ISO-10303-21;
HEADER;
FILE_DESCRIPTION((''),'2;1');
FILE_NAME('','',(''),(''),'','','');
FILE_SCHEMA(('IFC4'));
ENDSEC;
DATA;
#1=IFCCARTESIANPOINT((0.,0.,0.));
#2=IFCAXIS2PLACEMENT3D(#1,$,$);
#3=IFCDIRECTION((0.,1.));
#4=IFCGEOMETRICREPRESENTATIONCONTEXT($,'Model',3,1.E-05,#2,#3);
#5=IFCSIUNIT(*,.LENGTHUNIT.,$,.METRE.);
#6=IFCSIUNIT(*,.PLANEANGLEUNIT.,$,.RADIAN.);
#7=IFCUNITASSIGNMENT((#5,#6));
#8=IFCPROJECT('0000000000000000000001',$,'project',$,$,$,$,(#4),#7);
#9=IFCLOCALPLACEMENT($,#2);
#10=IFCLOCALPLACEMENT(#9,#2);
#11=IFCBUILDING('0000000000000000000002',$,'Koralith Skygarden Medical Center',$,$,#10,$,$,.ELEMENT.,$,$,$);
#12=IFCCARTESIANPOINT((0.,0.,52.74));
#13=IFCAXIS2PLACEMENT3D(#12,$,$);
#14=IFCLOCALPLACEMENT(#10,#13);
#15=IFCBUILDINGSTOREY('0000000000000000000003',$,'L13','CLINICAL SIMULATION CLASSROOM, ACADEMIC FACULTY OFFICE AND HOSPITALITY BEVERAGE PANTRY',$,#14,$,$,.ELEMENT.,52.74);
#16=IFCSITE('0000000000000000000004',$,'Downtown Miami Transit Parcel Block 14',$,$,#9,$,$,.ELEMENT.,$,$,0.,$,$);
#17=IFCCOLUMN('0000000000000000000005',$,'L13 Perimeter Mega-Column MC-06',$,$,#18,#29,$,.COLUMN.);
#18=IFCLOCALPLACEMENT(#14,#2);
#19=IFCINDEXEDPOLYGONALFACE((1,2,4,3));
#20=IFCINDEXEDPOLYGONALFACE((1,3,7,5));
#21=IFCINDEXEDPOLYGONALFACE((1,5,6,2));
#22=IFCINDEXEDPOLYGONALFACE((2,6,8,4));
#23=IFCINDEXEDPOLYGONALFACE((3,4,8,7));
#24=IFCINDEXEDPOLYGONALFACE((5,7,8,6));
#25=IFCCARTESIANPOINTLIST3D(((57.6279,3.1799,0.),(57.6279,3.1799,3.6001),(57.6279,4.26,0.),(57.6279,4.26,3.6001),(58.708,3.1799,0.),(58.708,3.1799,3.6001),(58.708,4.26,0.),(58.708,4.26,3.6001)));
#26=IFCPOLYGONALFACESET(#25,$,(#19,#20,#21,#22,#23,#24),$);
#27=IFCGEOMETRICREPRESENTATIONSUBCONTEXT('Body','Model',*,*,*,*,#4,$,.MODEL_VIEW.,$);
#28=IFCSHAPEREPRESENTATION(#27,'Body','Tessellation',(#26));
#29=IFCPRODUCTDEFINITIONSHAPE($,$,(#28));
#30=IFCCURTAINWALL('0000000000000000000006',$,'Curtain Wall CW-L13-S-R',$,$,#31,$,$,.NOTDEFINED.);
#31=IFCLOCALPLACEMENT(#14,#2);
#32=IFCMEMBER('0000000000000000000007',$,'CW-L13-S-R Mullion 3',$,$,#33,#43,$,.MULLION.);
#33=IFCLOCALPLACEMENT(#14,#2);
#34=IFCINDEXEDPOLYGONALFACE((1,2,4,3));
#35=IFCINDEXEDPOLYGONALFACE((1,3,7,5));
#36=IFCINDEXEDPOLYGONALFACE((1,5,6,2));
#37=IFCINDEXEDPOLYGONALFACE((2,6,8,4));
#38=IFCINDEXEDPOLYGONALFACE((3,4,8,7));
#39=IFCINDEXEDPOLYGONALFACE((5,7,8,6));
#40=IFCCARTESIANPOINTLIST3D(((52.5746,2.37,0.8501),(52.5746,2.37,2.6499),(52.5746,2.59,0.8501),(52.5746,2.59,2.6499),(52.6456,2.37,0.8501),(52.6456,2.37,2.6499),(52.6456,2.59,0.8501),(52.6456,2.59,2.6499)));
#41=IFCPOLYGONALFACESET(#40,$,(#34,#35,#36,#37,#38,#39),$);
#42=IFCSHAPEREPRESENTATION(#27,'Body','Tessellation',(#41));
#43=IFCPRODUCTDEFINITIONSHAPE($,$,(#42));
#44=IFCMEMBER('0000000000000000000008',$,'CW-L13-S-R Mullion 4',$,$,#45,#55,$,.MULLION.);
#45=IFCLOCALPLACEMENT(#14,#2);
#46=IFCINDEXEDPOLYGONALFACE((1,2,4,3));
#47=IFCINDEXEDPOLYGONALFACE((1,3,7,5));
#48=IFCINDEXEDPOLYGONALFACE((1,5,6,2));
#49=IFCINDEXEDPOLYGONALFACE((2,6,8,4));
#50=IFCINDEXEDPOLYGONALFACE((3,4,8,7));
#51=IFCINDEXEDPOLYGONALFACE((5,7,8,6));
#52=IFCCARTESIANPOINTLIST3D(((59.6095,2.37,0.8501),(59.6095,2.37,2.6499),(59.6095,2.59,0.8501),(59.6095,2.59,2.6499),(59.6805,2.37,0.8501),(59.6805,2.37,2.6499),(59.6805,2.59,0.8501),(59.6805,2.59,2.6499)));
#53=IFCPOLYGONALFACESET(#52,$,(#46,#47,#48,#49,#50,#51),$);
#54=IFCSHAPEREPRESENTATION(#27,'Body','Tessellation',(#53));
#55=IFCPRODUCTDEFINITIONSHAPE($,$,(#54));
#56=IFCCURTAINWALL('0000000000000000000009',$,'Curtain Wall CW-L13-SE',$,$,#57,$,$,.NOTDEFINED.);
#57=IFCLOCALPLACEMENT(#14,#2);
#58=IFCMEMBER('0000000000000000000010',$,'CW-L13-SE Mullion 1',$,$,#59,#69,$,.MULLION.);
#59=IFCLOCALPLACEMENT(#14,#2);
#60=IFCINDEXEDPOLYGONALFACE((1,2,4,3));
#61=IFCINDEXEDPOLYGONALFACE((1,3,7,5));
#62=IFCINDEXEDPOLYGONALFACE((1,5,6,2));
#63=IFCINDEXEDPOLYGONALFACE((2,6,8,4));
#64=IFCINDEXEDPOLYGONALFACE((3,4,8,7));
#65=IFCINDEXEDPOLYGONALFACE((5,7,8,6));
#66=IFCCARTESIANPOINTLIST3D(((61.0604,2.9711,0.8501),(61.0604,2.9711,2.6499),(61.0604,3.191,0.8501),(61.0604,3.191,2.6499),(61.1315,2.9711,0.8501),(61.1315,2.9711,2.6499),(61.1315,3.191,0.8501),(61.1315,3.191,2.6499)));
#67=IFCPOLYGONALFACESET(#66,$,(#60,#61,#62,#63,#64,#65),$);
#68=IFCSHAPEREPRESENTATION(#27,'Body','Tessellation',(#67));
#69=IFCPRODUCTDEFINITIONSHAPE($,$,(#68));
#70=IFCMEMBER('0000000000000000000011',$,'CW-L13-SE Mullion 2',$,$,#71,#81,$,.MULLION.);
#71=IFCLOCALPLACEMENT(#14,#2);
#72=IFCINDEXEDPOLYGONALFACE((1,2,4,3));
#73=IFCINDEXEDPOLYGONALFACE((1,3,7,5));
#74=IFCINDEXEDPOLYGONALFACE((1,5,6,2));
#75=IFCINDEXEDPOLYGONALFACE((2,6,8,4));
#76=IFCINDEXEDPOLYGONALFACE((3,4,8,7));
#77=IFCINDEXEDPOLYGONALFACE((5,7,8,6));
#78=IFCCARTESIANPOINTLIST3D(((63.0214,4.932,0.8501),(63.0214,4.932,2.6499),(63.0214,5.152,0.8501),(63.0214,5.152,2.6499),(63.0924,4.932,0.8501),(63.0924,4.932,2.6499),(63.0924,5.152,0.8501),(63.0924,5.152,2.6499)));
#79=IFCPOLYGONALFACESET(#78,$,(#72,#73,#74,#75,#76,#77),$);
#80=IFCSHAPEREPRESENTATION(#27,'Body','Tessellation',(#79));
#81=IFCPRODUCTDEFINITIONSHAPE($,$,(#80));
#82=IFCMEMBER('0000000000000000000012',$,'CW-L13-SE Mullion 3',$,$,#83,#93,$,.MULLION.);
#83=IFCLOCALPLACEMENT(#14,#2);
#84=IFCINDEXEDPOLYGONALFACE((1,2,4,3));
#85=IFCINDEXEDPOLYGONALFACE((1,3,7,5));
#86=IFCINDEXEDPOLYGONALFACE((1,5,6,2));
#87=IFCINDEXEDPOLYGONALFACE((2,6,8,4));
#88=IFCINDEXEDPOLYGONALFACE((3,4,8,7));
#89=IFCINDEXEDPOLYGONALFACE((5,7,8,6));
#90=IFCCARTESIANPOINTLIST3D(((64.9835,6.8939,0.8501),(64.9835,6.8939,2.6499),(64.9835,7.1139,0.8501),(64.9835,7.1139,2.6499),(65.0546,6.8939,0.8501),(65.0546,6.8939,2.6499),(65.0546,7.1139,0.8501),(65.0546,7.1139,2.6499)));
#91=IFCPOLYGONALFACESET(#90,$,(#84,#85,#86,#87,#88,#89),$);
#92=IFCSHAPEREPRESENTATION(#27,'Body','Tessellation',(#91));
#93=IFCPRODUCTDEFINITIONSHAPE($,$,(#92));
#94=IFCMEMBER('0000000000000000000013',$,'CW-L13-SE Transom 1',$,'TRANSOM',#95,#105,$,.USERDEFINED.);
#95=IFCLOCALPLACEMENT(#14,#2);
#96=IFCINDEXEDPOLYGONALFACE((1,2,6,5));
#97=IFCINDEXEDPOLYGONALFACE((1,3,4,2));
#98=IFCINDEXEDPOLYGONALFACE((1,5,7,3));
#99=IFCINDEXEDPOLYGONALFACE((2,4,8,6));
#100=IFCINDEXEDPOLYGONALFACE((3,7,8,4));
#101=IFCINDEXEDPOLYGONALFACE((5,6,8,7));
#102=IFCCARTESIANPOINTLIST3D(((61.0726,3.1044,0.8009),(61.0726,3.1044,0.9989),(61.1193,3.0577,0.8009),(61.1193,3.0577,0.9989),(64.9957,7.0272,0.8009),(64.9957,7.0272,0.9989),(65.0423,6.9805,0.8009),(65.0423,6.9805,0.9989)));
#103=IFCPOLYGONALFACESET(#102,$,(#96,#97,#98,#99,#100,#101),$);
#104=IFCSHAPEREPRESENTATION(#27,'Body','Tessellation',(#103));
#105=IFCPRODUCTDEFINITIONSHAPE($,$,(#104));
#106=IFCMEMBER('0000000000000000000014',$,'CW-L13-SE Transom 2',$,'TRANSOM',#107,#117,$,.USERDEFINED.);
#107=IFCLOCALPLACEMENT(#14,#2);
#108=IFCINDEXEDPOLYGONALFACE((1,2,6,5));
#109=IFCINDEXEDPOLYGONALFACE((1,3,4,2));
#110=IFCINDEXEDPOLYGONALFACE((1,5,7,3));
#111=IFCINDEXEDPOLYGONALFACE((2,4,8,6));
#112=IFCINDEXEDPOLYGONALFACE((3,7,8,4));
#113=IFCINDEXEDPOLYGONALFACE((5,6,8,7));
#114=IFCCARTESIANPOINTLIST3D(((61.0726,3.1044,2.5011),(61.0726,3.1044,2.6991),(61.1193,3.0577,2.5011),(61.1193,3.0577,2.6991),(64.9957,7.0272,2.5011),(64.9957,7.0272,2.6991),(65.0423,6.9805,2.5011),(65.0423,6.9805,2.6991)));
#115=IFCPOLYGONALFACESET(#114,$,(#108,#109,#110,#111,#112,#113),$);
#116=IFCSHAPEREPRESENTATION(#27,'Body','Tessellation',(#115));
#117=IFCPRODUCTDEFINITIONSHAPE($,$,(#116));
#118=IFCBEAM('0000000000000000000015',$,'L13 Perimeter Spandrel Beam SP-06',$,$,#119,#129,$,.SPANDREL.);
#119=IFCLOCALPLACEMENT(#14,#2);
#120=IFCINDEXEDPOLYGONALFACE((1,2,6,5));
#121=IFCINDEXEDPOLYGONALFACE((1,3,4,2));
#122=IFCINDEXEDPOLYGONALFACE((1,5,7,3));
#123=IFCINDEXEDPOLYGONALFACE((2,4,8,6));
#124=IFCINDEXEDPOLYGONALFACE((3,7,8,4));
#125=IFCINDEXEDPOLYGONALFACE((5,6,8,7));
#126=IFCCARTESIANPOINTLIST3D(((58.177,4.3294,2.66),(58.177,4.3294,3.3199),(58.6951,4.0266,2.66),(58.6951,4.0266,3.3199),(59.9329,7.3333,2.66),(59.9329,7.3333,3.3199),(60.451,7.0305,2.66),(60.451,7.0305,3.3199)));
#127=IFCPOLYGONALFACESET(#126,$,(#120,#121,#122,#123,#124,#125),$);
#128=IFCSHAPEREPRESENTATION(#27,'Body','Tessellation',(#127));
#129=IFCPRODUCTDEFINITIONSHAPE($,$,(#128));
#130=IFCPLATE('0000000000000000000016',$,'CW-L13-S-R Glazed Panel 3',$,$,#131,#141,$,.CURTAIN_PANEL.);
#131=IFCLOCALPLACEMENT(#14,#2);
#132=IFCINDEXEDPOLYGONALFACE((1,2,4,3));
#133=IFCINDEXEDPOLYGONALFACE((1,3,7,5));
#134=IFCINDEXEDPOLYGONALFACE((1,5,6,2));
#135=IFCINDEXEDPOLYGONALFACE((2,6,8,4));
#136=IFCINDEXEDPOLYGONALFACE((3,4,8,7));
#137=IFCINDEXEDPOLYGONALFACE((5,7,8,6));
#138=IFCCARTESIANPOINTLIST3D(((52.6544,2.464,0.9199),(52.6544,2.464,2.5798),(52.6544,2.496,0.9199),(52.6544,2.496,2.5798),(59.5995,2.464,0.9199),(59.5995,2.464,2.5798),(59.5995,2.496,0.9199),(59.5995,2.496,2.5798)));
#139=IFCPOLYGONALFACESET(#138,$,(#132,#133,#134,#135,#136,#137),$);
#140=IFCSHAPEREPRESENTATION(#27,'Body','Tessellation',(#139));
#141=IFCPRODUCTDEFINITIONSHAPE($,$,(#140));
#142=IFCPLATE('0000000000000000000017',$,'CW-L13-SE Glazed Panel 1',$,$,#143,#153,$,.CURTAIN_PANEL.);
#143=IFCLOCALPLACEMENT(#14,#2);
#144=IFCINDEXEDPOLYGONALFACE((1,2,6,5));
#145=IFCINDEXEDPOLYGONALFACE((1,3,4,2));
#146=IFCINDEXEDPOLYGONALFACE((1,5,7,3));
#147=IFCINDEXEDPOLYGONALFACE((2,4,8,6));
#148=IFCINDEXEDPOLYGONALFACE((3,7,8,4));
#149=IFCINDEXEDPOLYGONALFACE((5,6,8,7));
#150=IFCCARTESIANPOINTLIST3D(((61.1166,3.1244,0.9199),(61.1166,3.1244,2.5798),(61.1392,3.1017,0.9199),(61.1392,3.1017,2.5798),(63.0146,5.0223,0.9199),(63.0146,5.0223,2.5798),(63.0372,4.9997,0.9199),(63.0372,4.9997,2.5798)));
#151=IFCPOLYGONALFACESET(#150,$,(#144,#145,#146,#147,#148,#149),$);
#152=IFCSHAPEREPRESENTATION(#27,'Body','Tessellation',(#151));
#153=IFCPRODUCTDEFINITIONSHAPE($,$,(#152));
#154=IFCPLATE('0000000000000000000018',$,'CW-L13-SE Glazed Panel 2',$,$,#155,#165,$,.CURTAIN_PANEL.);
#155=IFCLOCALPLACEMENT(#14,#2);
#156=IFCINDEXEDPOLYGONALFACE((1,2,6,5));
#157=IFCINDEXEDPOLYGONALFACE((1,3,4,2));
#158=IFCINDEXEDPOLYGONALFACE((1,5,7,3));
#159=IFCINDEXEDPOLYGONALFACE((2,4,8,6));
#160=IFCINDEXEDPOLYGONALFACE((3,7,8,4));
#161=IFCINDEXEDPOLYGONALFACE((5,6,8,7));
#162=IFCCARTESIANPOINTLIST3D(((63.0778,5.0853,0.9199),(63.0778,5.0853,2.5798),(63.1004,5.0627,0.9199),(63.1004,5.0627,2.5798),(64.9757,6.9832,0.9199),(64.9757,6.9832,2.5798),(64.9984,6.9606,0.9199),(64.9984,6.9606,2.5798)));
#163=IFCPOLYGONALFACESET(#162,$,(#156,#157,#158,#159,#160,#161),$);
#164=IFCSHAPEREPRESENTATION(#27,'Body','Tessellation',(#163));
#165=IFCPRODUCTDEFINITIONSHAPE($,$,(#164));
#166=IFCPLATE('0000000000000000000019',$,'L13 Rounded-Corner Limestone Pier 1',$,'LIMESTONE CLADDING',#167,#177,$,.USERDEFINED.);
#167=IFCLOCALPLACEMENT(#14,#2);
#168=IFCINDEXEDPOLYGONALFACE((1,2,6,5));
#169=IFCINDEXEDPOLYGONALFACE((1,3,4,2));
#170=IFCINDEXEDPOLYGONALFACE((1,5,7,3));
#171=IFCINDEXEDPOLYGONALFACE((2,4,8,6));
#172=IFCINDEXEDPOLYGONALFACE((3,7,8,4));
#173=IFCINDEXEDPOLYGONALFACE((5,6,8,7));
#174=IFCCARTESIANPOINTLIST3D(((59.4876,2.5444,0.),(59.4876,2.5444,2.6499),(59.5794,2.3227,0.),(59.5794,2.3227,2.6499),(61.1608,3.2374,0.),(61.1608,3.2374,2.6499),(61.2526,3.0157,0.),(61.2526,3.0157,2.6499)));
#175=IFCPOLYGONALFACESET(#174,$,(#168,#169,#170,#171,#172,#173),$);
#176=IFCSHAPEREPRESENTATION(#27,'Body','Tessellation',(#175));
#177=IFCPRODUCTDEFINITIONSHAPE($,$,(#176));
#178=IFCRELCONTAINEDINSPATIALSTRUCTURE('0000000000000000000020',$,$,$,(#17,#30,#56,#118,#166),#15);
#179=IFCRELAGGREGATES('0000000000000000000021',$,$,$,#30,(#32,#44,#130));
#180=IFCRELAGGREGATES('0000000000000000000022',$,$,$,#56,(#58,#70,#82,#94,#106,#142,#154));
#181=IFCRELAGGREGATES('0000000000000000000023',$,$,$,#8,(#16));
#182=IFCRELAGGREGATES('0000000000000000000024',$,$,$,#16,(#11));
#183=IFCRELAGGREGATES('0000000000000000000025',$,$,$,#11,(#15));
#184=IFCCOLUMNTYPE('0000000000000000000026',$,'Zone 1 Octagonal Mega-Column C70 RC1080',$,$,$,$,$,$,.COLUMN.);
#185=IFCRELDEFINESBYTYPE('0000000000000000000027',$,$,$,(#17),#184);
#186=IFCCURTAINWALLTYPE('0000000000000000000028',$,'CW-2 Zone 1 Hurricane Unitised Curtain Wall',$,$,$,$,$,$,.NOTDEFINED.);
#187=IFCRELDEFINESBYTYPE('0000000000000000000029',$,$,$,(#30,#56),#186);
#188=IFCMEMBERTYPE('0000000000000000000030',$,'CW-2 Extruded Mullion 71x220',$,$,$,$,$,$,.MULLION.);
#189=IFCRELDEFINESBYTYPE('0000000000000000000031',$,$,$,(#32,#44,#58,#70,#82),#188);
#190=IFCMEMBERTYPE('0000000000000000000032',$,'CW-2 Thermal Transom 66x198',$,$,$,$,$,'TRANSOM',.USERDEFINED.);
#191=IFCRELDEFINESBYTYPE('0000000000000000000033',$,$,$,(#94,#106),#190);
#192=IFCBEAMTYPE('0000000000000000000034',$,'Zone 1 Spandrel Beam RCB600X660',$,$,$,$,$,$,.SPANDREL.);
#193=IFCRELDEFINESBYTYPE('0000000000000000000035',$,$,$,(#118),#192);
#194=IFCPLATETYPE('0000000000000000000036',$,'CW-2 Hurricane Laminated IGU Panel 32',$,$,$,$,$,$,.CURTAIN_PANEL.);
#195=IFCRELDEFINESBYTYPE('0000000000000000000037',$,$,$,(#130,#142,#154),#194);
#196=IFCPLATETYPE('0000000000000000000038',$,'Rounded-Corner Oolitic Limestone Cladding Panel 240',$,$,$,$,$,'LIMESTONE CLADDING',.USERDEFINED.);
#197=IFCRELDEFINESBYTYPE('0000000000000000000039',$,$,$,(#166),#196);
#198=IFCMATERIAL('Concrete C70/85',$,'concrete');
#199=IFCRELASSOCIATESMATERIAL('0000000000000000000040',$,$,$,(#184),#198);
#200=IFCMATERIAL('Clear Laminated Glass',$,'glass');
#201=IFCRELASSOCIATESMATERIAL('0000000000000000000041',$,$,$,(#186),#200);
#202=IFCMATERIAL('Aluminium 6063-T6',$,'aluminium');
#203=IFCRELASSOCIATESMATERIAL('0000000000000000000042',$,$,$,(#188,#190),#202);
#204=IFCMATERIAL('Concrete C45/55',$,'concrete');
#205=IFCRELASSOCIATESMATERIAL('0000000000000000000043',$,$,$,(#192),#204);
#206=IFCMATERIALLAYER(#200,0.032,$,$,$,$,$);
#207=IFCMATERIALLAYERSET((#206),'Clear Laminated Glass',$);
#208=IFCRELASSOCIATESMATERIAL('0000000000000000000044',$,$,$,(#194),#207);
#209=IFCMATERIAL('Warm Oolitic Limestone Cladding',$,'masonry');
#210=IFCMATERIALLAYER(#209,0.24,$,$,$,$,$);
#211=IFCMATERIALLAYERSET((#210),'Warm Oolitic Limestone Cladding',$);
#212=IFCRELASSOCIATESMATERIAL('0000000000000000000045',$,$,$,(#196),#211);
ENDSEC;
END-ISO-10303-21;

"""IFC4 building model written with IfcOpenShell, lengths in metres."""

from ifc_helpers import new_model, si_unit, direction, frame, origin, origin_2d, place, context, subcontext, project, spatial, rectangle, extrude, material, layer, layer_set, material_profile, profile_set, type_object, element, aggregate, save


model = new_model("IFC4")

# Units and contexts
model_context = context("Model", 3, precision=1e-05, world=origin(), true_north=direction((0.0, 1.0)))
body_context = subcontext(model_context, "Body", "Model", "MODEL_VIEW")
ifc_project = project(units=[si_unit("LENGTHUNIT", "METRE"), si_unit("PLANEANGLEUNIT", "RADIAN")], contexts=[model_context])

# Site, building, storey
site_placement = place(None, origin())
site = spatial("IfcSite", under=ifc_project, at=site_placement, Name="Downtown Miami Transit Parcel Block 14", CompositionType="ELEMENT", RefElevation=0.0)
building_placement = place(site_placement, origin())
building = spatial("IfcBuilding", under=site, at=building_placement, Name="Koralith Skygarden Medical Center", CompositionType="ELEMENT")
storey_placement = place(building_placement, frame((0.0, 0.0, 52.74)))
storey = spatial("IfcBuildingStorey", under=building, at=storey_placement, Name="L13", Description="CLINICAL SIMULATION CLASSROOM, ACADEMIC FACULTY OFFICE AND HOSPITALITY BEVERAGE PANTRY", CompositionType="ELEMENT", Elevation=52.74)

# Column
ifc_material_1 = material(Name="Concrete C70/85", Category="concrete")
ifc_material_profile_1 = material_profile(ifc_material_1, rectangle(XDim=1.0801, YDim=1.0801, at=origin_2d()), Name="RC1080X1080")
ifc_profile_set_1 = profile_set([ifc_material_profile_1], Name="Concrete C70/85")
column_type = type_object("IfcColumnType", Name="Zone 1 Octagonal Mega-Column C70 RC1080", PredefinedType="COLUMN", material=ifc_profile_set_1)
column_placement = place(storey_placement, frame((58.168, 3.72, 0.0), z_axis=(0.0, 0.0, 1.0), x_axis=(1.0, 0.0, 0.0)))
element("IfcColumn", 1, at=column_placement, inside=storey, type_object=column_type, Name="L13 Perimeter Mega-Column MC-06", PredefinedType="COLUMN", context=body_context, shape_type="SweptSolid", body=[
    extrude(rectangle(XDim=1.0801, YDim=1.0801, at=origin_2d()), origin(), (0.0, 0.0, 1.0), 3.6001),
])

# Curtain walls, members
ifc_material_2 = material(Name="Clear Laminated Glass", Category="glass")
curtain_wall_type = type_object("IfcCurtainWallType", Name="CW-2 Zone 1 Hurricane Unitised Curtain Wall", PredefinedType="NOTDEFINED", material=ifc_material_2)
curtain_wall_1_placement = place(storey_placement, origin())
curtain_wall_1 = element("IfcCurtainWall", 2, at=curtain_wall_1_placement, inside=storey, type_object=curtain_wall_type, Name="Curtain Wall CW-L13-S-R", PredefinedType="NOTDEFINED")
ifc_material_3 = material(Name="Aluminium 6063-T6", Category="aluminium")
ifc_material_profile_2 = material_profile(ifc_material_3, rectangle(XDim=0.071, YDim=0.22, at=origin_2d()), Name="MUL71X220")
ifc_profile_set_2 = profile_set([ifc_material_profile_2], Name="Aluminium 6063-T6")
member_type_1 = type_object("IfcMemberType", Name="CW-2 Extruded Mullion 71x220", PredefinedType="MULLION", material=ifc_profile_set_2)
member_1_placement = place(storey_placement, frame((52.6101, 2.48, 0.8501), z_axis=(0.0, 0.0, 1.0), x_axis=(1.0, 0.0, 0.0)))
member_1 = element("IfcMember", 3, at=member_1_placement, type_object=member_type_1, Name="CW-L13-S-R Mullion 3", PredefinedType="MULLION", context=body_context, shape_type="SweptSolid", body=[
    extrude(rectangle(XDim=0.071, YDim=0.22, at=origin_2d()), origin(), (0.0, 0.0, 1.0), 1.7998),
])
member_2_placement = place(storey_placement, frame((59.645, 2.48, 0.8501), z_axis=(0.0, 0.0, 1.0), x_axis=(1.0, 0.0, 0.0)))
member_2 = element("IfcMember", 4, at=member_2_placement, type_object=member_type_1, Name="CW-L13-S-R Mullion 4", PredefinedType="MULLION", context=body_context, shape_type="SweptSolid", body=[
    extrude(rectangle(XDim=0.071, YDim=0.22, at=origin_2d()), origin(), (0.0, 0.0, 1.0), 1.7998),
])
curtain_wall_2_placement = place(storey_placement, origin())
curtain_wall_2 = element("IfcCurtainWall", 5, at=curtain_wall_2_placement, inside=storey, type_object=curtain_wall_type, Name="Curtain Wall CW-L13-SE", PredefinedType="NOTDEFINED")
member_3_placement = place(storey_placement, frame((61.0959, 3.0811, 0.8501), z_axis=(0.0, 0.0, 1.0), x_axis=(1.0, 0.0, 0.0)))
member_3 = element("IfcMember", 6, at=member_3_placement, type_object=member_type_1, Name="CW-L13-SE Mullion 1", PredefinedType="MULLION", context=body_context, shape_type="SweptSolid", body=[
    extrude(rectangle(XDim=0.071, YDim=0.22, at=origin_2d()), origin(), (0.0, 0.0, 1.0), 1.7998),
])
member_4_placement = place(storey_placement, frame((63.0569, 5.042, 0.8501), z_axis=(0.0, 0.0, 1.0), x_axis=(1.0, 0.0, 0.0)))
member_4 = element("IfcMember", 7, at=member_4_placement, type_object=member_type_1, Name="CW-L13-SE Mullion 2", PredefinedType="MULLION", context=body_context, shape_type="SweptSolid", body=[
    extrude(rectangle(XDim=0.071, YDim=0.22, at=origin_2d()), origin(), (0.0, 0.0, 1.0), 1.7998),
])
member_5_placement = place(storey_placement, frame((65.019, 7.0039, 0.8501), z_axis=(0.0, 0.0, 1.0), x_axis=(1.0, 0.0, 0.0)))
member_5 = element("IfcMember", 8, at=member_5_placement, type_object=member_type_1, Name="CW-L13-SE Mullion 3", PredefinedType="MULLION", context=body_context, shape_type="SweptSolid", body=[
    extrude(rectangle(XDim=0.071, YDim=0.22, at=origin_2d()), origin(), (0.0, 0.0, 1.0), 1.7998),
])
ifc_material_profile_3 = material_profile(ifc_material_3, rectangle(XDim=0.0659, YDim=0.198, at=origin_2d()), Name="TRN66X198")
ifc_profile_set_3 = profile_set([ifc_material_profile_3], Name="Aluminium 6063-T6")
member_type_2 = type_object("IfcMemberType", Name="CW-2 Thermal Transom 66x198", ElementType="TRANSOM", PredefinedType="USERDEFINED", material=ifc_profile_set_3)
member_6_placement = place(storey_placement, frame((61.0959, 3.0811, 0.8999), z_axis=(0.707129, 0.707085, 0.0), x_axis=(-0.707085, 0.707129, 0.0)))
member_6 = element("IfcMember", 9, at=member_6_placement, type_object=member_type_2, Name="CW-L13-SE Transom 1", ObjectType="TRANSOM", PredefinedType="USERDEFINED", context=body_context, shape_type="SweptSolid", body=[
    extrude(rectangle(XDim=0.0659, YDim=0.198, at=origin_2d()), origin(), (0.0, 0.0, 1.0), 5.5479),
])
member_7_placement = place(storey_placement, frame((61.0959, 3.0811, 2.6001), z_axis=(0.707129, 0.707085, 0.0), x_axis=(-0.707085, 0.707129, 0.0)))
member_7 = element("IfcMember", 10, at=member_7_placement, type_object=member_type_2, Name="CW-L13-SE Transom 2", ObjectType="TRANSOM", PredefinedType="USERDEFINED", context=body_context, shape_type="SweptSolid", body=[
    extrude(rectangle(XDim=0.0659, YDim=0.198, at=origin_2d()), origin(), (0.0, 0.0, 1.0), 5.5479),
])

# Beam
ifc_material_4 = material(Name="Concrete C45/55", Category="concrete")
ifc_material_profile_4 = material_profile(ifc_material_4, rectangle(XDim=0.6001, YDim=0.6599, at=origin_2d()), Name="RCB600X660")
ifc_profile_set_4 = profile_set([ifc_material_profile_4], Name="Concrete C45/55")
beam_type = type_object("IfcBeamType", Name="Zone 1 Spandrel Beam RCB600X660", PredefinedType="SPANDREL", material=ifc_profile_set_4)
beam_placement = place(storey_placement, frame((58.436, 4.178, 2.99), z_axis=(0.504639, 0.863331, 0.0), x_axis=(-0.863331, 0.504639, 0.0)))
element("IfcBeam", 11, at=beam_placement, inside=storey, type_object=beam_type, Name="L13 Perimeter Spandrel Beam SP-06", PredefinedType="SPANDREL", context=body_context, shape_type="SweptSolid", body=[
    extrude(rectangle(XDim=0.6001, YDim=0.6599, at=origin_2d()), origin(), (0.0, 0.0, 1.0), 3.4795),
])

# Plates
ifc_layer_1 = layer(ifc_material_2, 0.032)
ifc_layer_set_1 = layer_set([ifc_layer_1], Name="Clear Laminated Glass")
plate_type_1 = type_object("IfcPlateType", Name="CW-2 Hurricane Laminated IGU Panel 32", PredefinedType="CURTAIN_PANEL", material=ifc_layer_set_1)
plate_1_placement = place(storey_placement, frame((56.127, 2.48, 0.9199), z_axis=(0.0, 0.0, 1.0), x_axis=(1.0, 0.0, 0.0)))
plate_1 = element("IfcPlate", 12, at=plate_1_placement, type_object=plate_type_1, Name="CW-L13-S-R Glazed Panel 3", PredefinedType="CURTAIN_PANEL", context=body_context, shape_type="SweptSolid", body=[
    extrude(rectangle(XDim=6.9451, YDim=0.032, at=origin_2d()), origin(), (0.0, 0.0, 1.0), 1.6599),
])
aggregate(curtain_wall_1, [member_1, member_2, plate_1])
plate_2_placement = place(storey_placement, frame((62.0769, 4.062, 0.9199), z_axis=(0.0, 0.0, 1.0), x_axis=(0.707107, 0.707107, 0.0)))
plate_2 = element("IfcPlate", 13, at=plate_2_placement, type_object=plate_type_1, Name="CW-L13-SE Glazed Panel 1", PredefinedType="CURTAIN_PANEL", context=body_context, shape_type="SweptSolid", body=[
    extrude(rectangle(XDim=2.6841, YDim=0.032, at=origin_2d()), origin(), (0.0, 0.0, 1.0), 1.6599),
])
plate_3_placement = place(storey_placement, frame((64.0381, 6.0229, 0.9199), z_axis=(0.0, 0.0, 1.0), x_axis=(0.707107, 0.707107, 0.0)))
plate_3 = element("IfcPlate", 14, at=plate_3_placement, type_object=plate_type_1, Name="CW-L13-SE Glazed Panel 2", PredefinedType="CURTAIN_PANEL", context=body_context, shape_type="SweptSolid", body=[
    extrude(rectangle(XDim=2.6841, YDim=0.032, at=origin_2d()), origin(), (0.0, 0.0, 1.0), 1.6599),
])
aggregate(curtain_wall_2, [member_3, member_4, member_5, member_6, member_7, plate_2, plate_3])
ifc_material_5 = material(Name="Warm Oolitic Limestone Cladding", Category="masonry")
ifc_layer_2 = layer(ifc_material_5, 0.24)
ifc_layer_set_2 = layer_set([ifc_layer_2], Name="Warm Oolitic Limestone Cladding")
plate_type_2 = type_object("IfcPlateType", Name="Rounded-Corner Oolitic Limestone Cladding Panel 240", ElementType="LIMESTONE CLADDING", PredefinedType="USERDEFINED", material=ifc_layer_set_2)
plate_4_placement = place(storey_placement, frame((60.3701, 2.78, 0.0), z_axis=(0.0, 0.0, 1.0), x_axis=(0.923885, 0.382671, 0.0)))
element("IfcPlate", 15, at=plate_4_placement, inside=storey, type_object=plate_type_2, Name="L13 Rounded-Corner Limestone Pier 1", ObjectType="LIMESTONE CLADDING", PredefinedType="USERDEFINED", context=body_context, shape_type="SweptSolid", body=[
    extrude(rectangle(XDim=1.811, YDim=0.24, at=origin_2d()), origin(), (0.0, 0.0, 1.0), 2.6499),
])

save(model, "model.ifc")
